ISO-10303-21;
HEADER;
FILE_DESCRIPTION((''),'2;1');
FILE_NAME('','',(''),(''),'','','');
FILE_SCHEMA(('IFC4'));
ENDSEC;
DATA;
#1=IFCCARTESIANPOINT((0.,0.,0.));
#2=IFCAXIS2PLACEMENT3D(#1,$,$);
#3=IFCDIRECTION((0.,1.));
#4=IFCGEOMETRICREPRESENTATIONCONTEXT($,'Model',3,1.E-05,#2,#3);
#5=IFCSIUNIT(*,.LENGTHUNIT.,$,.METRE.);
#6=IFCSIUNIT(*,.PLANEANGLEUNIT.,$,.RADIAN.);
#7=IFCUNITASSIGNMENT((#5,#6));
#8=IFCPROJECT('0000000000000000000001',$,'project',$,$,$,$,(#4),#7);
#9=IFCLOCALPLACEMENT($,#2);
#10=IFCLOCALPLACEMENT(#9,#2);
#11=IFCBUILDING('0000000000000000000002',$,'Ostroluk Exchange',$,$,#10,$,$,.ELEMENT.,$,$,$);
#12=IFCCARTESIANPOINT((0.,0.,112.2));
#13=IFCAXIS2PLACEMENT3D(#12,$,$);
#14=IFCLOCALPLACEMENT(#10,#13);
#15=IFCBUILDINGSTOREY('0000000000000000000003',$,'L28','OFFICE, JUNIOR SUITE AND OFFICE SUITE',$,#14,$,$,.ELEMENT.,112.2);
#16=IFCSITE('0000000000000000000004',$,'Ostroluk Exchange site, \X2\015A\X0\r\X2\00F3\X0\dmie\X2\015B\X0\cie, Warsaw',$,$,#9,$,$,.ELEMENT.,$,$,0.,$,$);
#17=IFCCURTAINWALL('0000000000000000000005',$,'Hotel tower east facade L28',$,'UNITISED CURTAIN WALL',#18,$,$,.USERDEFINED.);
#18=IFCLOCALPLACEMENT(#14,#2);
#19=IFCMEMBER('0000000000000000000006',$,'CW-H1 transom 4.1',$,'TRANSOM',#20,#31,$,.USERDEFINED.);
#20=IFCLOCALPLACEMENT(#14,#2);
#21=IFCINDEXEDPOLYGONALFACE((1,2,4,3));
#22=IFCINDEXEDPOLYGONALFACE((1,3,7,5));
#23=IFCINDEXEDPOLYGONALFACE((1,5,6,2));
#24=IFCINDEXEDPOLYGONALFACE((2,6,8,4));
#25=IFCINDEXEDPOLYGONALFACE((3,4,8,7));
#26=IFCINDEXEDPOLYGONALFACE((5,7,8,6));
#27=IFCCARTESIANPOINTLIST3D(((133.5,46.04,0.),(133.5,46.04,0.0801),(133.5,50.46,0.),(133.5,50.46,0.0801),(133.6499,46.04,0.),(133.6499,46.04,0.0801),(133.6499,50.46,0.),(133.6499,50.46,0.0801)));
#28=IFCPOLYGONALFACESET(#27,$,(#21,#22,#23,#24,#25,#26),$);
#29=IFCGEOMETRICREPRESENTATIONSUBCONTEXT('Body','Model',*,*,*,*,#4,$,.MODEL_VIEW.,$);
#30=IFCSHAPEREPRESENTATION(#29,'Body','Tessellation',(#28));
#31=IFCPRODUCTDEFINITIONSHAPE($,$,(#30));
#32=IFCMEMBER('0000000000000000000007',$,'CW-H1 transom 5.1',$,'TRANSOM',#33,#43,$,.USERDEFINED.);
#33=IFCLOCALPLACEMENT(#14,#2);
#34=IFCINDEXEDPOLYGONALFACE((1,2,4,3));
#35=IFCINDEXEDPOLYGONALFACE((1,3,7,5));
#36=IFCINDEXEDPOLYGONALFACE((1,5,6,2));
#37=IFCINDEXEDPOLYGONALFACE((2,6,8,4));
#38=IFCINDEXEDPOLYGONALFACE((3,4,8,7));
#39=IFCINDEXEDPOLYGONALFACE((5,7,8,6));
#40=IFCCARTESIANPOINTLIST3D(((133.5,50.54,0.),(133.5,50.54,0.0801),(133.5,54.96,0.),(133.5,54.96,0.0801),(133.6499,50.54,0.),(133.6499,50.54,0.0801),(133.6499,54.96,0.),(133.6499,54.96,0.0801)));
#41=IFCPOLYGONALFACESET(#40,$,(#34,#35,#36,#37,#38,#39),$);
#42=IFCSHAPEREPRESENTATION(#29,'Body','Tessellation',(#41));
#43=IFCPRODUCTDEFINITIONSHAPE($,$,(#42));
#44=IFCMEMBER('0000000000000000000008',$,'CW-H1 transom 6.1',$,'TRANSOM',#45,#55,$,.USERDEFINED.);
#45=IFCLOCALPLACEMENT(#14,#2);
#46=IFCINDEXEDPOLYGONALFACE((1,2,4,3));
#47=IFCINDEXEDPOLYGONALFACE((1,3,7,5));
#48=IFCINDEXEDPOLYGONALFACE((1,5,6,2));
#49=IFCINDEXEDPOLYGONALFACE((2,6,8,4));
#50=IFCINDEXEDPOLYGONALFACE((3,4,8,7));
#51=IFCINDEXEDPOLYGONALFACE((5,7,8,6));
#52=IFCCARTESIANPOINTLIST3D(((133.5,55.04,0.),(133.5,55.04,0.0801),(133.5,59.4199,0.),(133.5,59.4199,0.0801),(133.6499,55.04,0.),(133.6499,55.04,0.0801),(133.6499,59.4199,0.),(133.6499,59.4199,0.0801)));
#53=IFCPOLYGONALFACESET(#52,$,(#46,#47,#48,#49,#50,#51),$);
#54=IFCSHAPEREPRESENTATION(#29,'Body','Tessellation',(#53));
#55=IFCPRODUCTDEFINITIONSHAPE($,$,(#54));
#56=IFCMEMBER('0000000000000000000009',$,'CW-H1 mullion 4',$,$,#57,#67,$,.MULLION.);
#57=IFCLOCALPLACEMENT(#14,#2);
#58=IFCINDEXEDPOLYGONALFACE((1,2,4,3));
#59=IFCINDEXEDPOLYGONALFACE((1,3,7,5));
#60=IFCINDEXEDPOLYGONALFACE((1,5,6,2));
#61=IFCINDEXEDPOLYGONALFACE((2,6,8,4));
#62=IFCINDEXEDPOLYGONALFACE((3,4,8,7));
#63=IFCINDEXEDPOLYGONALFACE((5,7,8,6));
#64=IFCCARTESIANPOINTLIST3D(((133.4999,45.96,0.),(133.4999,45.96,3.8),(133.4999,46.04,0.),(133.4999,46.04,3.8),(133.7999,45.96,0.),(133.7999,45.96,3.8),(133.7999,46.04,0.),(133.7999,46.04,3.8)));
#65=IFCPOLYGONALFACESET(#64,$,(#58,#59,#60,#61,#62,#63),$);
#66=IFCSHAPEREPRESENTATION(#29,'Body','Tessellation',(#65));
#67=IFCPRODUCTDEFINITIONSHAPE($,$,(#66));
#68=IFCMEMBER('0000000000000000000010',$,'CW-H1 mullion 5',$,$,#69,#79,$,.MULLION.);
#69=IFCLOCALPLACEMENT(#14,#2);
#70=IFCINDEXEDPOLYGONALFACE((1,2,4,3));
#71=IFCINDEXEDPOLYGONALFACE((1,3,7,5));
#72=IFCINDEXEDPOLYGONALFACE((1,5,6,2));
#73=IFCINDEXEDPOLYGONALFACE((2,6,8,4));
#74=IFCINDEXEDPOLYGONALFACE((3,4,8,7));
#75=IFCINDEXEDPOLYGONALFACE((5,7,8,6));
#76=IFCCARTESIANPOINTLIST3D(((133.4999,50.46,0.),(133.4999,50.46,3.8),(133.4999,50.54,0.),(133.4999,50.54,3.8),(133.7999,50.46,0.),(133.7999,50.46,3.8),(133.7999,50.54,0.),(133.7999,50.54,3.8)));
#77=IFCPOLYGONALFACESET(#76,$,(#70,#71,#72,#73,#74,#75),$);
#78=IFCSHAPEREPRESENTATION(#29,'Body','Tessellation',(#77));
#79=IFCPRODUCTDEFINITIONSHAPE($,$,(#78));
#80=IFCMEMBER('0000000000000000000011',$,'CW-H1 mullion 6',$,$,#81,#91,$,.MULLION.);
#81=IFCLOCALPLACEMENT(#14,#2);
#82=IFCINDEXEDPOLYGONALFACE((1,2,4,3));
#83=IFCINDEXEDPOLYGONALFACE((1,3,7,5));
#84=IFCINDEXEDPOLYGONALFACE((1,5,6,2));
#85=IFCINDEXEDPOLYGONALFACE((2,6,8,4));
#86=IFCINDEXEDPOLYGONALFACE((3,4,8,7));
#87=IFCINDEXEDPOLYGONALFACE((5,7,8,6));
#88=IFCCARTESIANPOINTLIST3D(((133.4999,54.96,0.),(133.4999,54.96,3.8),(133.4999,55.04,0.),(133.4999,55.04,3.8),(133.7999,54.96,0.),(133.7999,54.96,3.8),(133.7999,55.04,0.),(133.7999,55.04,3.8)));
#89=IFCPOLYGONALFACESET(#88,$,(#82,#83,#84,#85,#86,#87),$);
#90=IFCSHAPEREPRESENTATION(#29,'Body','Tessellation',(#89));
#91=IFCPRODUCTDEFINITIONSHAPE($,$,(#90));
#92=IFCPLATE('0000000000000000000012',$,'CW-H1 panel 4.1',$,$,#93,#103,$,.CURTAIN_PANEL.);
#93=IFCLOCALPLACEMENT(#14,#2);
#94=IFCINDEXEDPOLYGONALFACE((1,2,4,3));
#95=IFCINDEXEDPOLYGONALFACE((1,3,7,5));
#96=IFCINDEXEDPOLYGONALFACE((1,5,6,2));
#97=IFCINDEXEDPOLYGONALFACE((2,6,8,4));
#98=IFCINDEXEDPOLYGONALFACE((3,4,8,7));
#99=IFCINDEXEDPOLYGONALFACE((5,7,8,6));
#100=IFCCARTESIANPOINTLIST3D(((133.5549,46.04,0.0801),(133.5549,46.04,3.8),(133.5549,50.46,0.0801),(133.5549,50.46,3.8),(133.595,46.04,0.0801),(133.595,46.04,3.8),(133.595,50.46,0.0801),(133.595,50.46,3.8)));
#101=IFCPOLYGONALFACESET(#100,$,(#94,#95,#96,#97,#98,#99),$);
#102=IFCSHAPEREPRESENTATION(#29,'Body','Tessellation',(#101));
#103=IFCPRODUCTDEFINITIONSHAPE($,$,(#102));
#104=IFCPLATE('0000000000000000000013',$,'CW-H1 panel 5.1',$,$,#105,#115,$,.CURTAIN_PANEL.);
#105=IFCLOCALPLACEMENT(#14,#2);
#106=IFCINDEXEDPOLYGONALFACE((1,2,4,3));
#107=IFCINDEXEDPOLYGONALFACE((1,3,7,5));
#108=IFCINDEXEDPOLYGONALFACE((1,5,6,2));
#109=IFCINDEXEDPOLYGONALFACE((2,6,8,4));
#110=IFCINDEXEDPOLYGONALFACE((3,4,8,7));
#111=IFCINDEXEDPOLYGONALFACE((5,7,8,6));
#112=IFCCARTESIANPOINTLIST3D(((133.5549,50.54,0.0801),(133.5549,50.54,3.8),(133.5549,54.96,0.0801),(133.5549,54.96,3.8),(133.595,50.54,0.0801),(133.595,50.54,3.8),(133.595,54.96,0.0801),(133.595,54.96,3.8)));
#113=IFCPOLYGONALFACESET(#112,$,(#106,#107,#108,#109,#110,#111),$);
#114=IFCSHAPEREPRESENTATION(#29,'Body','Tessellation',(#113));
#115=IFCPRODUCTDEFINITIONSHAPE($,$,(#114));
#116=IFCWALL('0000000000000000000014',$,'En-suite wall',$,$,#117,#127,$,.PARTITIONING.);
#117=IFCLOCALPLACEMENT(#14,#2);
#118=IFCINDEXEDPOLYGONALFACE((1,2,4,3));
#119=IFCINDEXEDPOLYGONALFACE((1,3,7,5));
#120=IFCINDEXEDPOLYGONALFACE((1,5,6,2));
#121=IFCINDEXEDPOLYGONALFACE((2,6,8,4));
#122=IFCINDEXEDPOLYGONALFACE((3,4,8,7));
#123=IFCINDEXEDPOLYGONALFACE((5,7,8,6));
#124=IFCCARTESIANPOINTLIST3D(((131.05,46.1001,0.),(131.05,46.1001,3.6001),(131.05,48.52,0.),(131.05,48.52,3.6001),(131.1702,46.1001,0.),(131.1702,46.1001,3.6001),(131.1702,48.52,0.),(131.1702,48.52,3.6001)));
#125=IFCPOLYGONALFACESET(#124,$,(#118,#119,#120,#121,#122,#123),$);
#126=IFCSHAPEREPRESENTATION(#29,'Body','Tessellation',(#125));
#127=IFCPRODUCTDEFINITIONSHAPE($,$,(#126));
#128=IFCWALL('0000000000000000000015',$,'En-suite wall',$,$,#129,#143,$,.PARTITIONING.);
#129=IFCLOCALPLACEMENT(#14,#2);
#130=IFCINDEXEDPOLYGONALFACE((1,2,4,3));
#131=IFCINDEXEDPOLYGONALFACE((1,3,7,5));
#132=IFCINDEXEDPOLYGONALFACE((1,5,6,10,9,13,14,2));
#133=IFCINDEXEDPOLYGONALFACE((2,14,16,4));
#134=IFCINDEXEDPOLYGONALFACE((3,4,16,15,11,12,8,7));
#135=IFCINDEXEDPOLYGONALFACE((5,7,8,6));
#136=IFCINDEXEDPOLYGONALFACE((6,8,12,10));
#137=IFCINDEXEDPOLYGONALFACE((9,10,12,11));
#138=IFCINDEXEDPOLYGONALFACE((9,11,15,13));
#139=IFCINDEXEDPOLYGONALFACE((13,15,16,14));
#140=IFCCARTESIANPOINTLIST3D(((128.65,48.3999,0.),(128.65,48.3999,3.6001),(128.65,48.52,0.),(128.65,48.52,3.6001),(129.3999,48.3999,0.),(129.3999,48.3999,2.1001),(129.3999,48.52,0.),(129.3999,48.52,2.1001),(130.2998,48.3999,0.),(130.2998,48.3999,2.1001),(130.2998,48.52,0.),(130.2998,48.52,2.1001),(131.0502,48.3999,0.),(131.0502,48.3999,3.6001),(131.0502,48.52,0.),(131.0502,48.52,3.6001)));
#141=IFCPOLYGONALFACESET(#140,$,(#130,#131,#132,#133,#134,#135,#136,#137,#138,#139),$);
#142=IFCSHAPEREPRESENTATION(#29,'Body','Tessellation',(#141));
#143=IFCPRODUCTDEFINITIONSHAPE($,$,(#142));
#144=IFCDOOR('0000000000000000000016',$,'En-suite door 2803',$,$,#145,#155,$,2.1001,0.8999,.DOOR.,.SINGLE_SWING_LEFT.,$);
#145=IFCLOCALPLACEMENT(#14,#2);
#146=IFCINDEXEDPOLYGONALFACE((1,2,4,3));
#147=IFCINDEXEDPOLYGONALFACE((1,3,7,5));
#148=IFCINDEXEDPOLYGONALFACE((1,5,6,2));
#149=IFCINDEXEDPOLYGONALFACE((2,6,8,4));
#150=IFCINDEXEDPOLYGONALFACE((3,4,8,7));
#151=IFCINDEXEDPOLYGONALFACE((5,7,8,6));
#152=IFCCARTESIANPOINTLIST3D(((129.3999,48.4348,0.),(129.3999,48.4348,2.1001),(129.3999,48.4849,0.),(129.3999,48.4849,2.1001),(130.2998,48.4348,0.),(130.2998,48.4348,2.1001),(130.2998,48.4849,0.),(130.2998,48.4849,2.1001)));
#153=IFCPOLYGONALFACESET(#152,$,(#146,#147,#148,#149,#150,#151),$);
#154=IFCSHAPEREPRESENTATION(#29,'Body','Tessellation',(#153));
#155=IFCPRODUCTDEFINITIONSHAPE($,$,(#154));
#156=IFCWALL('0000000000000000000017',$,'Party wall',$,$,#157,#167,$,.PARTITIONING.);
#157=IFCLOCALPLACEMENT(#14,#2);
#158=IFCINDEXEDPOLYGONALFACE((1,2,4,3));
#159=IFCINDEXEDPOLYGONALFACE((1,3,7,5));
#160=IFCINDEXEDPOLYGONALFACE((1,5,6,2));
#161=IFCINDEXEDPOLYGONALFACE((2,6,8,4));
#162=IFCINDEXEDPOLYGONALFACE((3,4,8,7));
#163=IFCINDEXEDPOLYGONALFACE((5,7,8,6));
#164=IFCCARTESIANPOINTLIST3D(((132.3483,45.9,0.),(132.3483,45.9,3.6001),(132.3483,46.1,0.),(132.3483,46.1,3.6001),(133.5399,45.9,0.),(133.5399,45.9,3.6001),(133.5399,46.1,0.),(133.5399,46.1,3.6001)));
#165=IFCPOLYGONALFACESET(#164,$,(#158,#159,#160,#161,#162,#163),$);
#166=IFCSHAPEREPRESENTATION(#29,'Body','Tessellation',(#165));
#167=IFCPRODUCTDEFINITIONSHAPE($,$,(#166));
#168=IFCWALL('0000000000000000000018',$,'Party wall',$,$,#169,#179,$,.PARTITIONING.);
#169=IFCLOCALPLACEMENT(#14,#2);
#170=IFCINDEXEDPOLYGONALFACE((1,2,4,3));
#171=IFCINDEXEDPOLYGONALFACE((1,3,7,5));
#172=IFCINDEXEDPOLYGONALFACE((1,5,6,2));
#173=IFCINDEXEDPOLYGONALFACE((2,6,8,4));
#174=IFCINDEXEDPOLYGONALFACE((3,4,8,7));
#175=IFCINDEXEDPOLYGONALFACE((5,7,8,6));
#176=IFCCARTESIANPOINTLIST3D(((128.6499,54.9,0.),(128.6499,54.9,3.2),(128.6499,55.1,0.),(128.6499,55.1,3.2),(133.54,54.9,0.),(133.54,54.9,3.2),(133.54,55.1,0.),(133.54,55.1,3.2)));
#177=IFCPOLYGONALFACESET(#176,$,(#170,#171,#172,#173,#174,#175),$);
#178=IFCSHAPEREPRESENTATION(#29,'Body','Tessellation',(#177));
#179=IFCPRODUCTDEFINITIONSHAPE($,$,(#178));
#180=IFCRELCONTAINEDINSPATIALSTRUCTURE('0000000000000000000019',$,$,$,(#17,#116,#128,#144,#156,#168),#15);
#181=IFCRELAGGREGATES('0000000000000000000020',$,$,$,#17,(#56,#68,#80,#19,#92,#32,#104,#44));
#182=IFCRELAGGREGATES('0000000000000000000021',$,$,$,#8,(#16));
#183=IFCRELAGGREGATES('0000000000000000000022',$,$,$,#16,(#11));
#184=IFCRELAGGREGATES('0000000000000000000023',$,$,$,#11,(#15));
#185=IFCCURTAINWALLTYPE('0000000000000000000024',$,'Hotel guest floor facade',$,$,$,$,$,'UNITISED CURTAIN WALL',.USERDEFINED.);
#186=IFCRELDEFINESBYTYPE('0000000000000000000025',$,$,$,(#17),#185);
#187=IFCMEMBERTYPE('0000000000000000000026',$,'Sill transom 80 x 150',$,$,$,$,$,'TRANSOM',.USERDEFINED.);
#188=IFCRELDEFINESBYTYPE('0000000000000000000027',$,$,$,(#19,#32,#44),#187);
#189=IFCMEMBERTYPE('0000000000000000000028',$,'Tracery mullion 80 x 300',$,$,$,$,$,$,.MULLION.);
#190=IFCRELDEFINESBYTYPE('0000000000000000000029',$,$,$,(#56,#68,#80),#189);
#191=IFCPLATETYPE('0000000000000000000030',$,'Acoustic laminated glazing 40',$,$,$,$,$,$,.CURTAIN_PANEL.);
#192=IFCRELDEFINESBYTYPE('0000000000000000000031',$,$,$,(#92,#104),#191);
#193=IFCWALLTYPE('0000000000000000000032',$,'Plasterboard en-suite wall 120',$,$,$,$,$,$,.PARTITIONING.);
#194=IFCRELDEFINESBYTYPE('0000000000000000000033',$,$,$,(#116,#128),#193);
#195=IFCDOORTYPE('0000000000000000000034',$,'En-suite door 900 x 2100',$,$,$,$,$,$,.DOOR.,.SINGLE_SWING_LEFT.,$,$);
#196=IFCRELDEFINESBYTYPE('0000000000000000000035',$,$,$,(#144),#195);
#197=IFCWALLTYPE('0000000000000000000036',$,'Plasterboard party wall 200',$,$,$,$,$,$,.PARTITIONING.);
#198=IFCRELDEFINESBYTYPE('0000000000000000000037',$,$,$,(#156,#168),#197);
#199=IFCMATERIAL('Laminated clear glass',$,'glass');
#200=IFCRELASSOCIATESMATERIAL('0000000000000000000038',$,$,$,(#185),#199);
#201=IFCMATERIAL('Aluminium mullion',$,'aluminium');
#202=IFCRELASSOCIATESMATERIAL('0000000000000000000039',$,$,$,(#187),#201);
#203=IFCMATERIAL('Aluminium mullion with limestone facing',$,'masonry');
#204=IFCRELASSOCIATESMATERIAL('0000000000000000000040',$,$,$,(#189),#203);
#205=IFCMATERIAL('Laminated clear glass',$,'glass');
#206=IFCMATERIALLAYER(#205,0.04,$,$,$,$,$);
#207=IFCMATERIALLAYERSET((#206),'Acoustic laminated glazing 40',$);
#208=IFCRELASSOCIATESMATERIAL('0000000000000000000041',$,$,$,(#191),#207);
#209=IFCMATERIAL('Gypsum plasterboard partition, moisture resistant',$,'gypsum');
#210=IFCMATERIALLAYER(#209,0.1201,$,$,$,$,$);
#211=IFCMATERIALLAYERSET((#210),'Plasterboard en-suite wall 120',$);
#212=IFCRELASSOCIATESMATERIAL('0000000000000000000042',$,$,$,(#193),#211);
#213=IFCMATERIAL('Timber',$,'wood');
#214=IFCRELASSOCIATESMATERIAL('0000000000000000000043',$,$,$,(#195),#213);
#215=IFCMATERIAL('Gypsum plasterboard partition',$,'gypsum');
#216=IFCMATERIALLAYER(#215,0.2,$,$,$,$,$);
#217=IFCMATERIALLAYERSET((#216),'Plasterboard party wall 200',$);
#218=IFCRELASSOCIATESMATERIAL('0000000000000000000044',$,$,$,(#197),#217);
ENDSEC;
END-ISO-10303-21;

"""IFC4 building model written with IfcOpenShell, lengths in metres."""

from ifc_helpers import new_model, si_unit, direction, frame, frame_2d, origin, origin_2d, place, context, subcontext, project, spatial, rectangle, extrude, material, layer, layer_set, material_profile, profile_set, type_object, element, fill, aggregate, save


model = new_model("IFC4")

# Units and contexts
model_context = context("Model", 3, precision=1e-05, world=origin(), true_north=direction((0.0, 1.0)))
body_context = subcontext(model_context, "Body", "Model", "MODEL_VIEW")
ifc_project = project(units=[si_unit("LENGTHUNIT", "METRE"), si_unit("PLANEANGLEUNIT", "RADIAN")], contexts=[model_context])

# Site, building, storey
site_placement = place(None, origin())
site = spatial("IfcSite", under=ifc_project, at=site_placement, Name="Ostroluk Exchange site, Śródmieście, Warsaw", CompositionType="ELEMENT", RefElevation=0.0)
building_placement = place(site_placement, origin())
building = spatial("IfcBuilding", under=site, at=building_placement, Name="Ostroluk Exchange", CompositionType="ELEMENT")
storey_placement = place(building_placement, frame((0.0, 0.0, 112.2)))
storey = spatial("IfcBuildingStorey", under=building, at=storey_placement, Name="L28", Description="OFFICE, JUNIOR SUITE AND OFFICE SUITE", CompositionType="ELEMENT", Elevation=112.2)

# Curtain wall, members, plates
ifc_material_1 = material(Name="Laminated clear glass", Category="glass")
curtain_wall_type = type_object("IfcCurtainWallType", Name="Hotel guest floor facade", ElementType="UNITISED CURTAIN WALL", PredefinedType="USERDEFINED", material=ifc_material_1)
curtain_wall_placement = place(storey_placement, origin())
curtain_wall = element("IfcCurtainWall", 1, at=curtain_wall_placement, inside=storey, type_object=curtain_wall_type, Name="Hotel tower east facade L28", ObjectType="UNITISED CURTAIN WALL", PredefinedType="USERDEFINED")
ifc_material_2 = material(Name="Aluminium mullion", Category="aluminium")
ifc_material_profile_1 = material_profile(ifc_material_2, rectangle(XDim=0.1499, YDim=0.0801, at=origin_2d()), Name="Sill transom 80 x 150")
ifc_profile_set_1 = profile_set([ifc_material_profile_1], Name="Aluminium mullion")
member_type_1 = type_object("IfcMemberType", Name="Sill transom 80 x 150", ElementType="TRANSOM", PredefinedType="USERDEFINED", material=ifc_profile_set_1)
member_1_placement = place(storey_placement, frame((133.575, 46.04, 0.04), z_axis=(0.0, 1.0, 0.0), x_axis=(-1.0, 0.0, 0.0)))
member_1 = element("IfcMember", 2, at=member_1_placement, type_object=member_type_1, Name="CW-H1 transom 4.1", ObjectType="TRANSOM", PredefinedType="USERDEFINED", context=body_context, shape_type="SweptSolid", body=[
    extrude(rectangle(XDim=0.1499, YDim=0.0801, at=origin_2d()), origin(), (0.0, 0.0, 1.0), 4.4199),
])
member_2_placement = place(storey_placement, frame((133.575, 50.54, 0.04), z_axis=(0.0, 1.0, 0.0), x_axis=(-1.0, 0.0, 0.0)))
member_2 = element("IfcMember", 3, at=member_2_placement, type_object=member_type_1, Name="CW-H1 transom 5.1", ObjectType="TRANSOM", PredefinedType="USERDEFINED", context=body_context, shape_type="SweptSolid", body=[
    extrude(rectangle(XDim=0.1499, YDim=0.0801, at=origin_2d()), origin(), (0.0, 0.0, 1.0), 4.4199),
])
member_3_placement = place(storey_placement, frame((133.575, 55.04, 0.04), z_axis=(0.0, 1.0, 0.0), x_axis=(-1.0, 0.0, 0.0)))
member_3 = element("IfcMember", 4, at=member_3_placement, type_object=member_type_1, Name="CW-H1 transom 6.1", ObjectType="TRANSOM", PredefinedType="USERDEFINED", context=body_context, shape_type="SweptSolid", body=[
    extrude(rectangle(XDim=0.1499, YDim=0.0801, at=origin_2d()), origin(), (0.0, 0.0, 1.0), 4.3799),
])
ifc_material_3 = material(Name="Aluminium mullion with limestone facing", Category="masonry")
ifc_material_profile_2 = material_profile(ifc_material_3, rectangle(XDim=0.3, YDim=0.0801, at=origin_2d()), Name="Tracery mullion 80 x 300")
ifc_profile_set_2 = profile_set([ifc_material_profile_2], Name="Aluminium mullion with limestone facing")
member_type_2 = type_object("IfcMemberType", Name="Tracery mullion 80 x 300", PredefinedType="MULLION", material=ifc_profile_set_2)
member_4_placement = place(storey_placement, frame((133.6499, 46.0, 0.0), z_axis=(0.0, 0.0, 1.0), x_axis=(-1.0, 0.0, 0.0)))
member_4 = element("IfcMember", 5, at=member_4_placement, type_object=member_type_2, Name="CW-H1 mullion 4", PredefinedType="MULLION", context=body_context, shape_type="SweptSolid", body=[
    extrude(rectangle(XDim=0.3, YDim=0.0801, at=origin_2d()), origin(), (0.0, 0.0, 1.0), 3.8),
])
member_5_placement = place(storey_placement, frame((133.6499, 50.5, 0.0), z_axis=(0.0, 0.0, 1.0), x_axis=(-1.0, 0.0, 0.0)))
member_5 = element("IfcMember", 6, at=member_5_placement, type_object=member_type_2, Name="CW-H1 mullion 5", PredefinedType="MULLION", context=body_context, shape_type="SweptSolid", body=[
    extrude(rectangle(XDim=0.3, YDim=0.0801, at=origin_2d()), origin(), (0.0, 0.0, 1.0), 3.8),
])
member_6_placement = place(storey_placement, frame((133.6499, 55.0, 0.0), z_axis=(0.0, 0.0, 1.0), x_axis=(-1.0, 0.0, 0.0)))
member_6 = element("IfcMember", 7, at=member_6_placement, type_object=member_type_2, Name="CW-H1 mullion 6", PredefinedType="MULLION", context=body_context, shape_type="SweptSolid", body=[
    extrude(rectangle(XDim=0.3, YDim=0.0801, at=origin_2d()), origin(), (0.0, 0.0, 1.0), 3.8),
])
ifc_material_4 = material(Name="Laminated clear glass", Category="glass")
ifc_layer_1 = layer(ifc_material_4, 0.04)
ifc_layer_set_1 = layer_set([ifc_layer_1], Name="Acoustic laminated glazing 40")
plate_type = type_object("IfcPlateType", Name="Acoustic laminated glazing 40", PredefinedType="CURTAIN_PANEL", material=ifc_layer_set_1)
plate_1_placement = place(storey_placement, frame((133.575, 48.25, 0.0801), z_axis=(0.0, 0.0, 1.0), x_axis=(0.0, 1.0, 0.0)))
plate_1 = element("IfcPlate", 8, at=plate_1_placement, type_object=plate_type, Name="CW-H1 panel 4.1", PredefinedType="CURTAIN_PANEL", context=body_context, shape_type="SweptSolid", body=[
    extrude(rectangle(XDim=4.4199, YDim=0.04, at=origin_2d()), origin(), (0.0, 0.0, 1.0), 3.72),
])
plate_2_placement = place(storey_placement, frame((133.575, 52.75, 0.0801), z_axis=(0.0, 0.0, 1.0), x_axis=(0.0, 1.0, 0.0)))
plate_2 = element("IfcPlate", 9, at=plate_2_placement, type_object=plate_type, Name="CW-H1 panel 5.1", PredefinedType="CURTAIN_PANEL", context=body_context, shape_type="SweptSolid", body=[
    extrude(rectangle(XDim=4.4199, YDim=0.04, at=origin_2d()), origin(), (0.0, 0.0, 1.0), 3.72),
])
aggregate(curtain_wall, [member_4, member_5, member_6, member_1, plate_1, member_2, plate_2, member_3])

# Wall
ifc_material_5 = material(Name="Gypsum plasterboard partition, moisture resistant", Category="gypsum")
ifc_layer_2 = layer(ifc_material_5, 0.1201)
ifc_layer_set_2 = layer_set([ifc_layer_2], Name="Plasterboard en-suite wall 120")
wall_type_1 = type_object("IfcWallType", Name="Plasterboard en-suite wall 120", PredefinedType="PARTITIONING", material=ifc_layer_set_2)
wall_1_placement = place(storey_placement, frame((131.1101, 46.1001, 0.0), z_axis=(0.0, 0.0, 1.0), x_axis=(0.0, 1.0, 0.0)))
element("IfcWall", 10, at=wall_1_placement, inside=storey, type_object=wall_type_1, Name="En-suite wall", PredefinedType="PARTITIONING", context=body_context, shape_type="SweptSolid", body=[
    extrude(rectangle(XDim=2.4199, YDim=0.1201, at=frame_2d((1.21, 0.0))), origin(), (0.0, 0.0, 1.0), 3.6001),
])

# Wall, opening, door
wall_2_placement = place(storey_placement, frame((128.6499, 48.46, 0.0), z_axis=(0.0, 0.0, 1.0), x_axis=(1.0, 0.0, 0.0)))
wall_2 = element("IfcWall", 11, at=wall_2_placement, inside=storey, type_object=wall_type_1, Name="En-suite wall", PredefinedType="PARTITIONING", context=body_context, shape_type="SweptSolid", body=[
    extrude(rectangle(XDim=2.4001, YDim=0.1201, at=frame_2d((1.2002, 0.0))), origin(), (0.0, 0.0, 1.0), 3.6001),
])
opening_placement = place(wall_2_placement, frame((0.75, 0.0, 0.0)))
opening = element("IfcOpeningElement", 12, at=opening_placement, cuts=wall_2, PredefinedType="OPENING", context=body_context, shape_type="SweptSolid", body=[
    extrude(rectangle(XDim=0.8999, YDim=2.1001, at=frame_2d((0.45, 1.05))), frame((0.0, 0.0701, 0.0), z_axis=(0.0, -1.0, 0.0), x_axis=(1.0, 0.0, 0.0)), (0.0, 0.0, 1.0), 0.1401),
])
ifc_material_6 = material(Name="Timber", Category="wood")
door_type = type_object("IfcDoorType", Name="En-suite door 900 x 2100", OperationType="SINGLE_SWING_LEFT", PredefinedType="DOOR", material=ifc_material_6)
door_placement = place(opening_placement, origin())
door = element("IfcDoor", 13, at=door_placement, inside=storey, type_object=door_type, Name="En-suite door 2803", OperationType="SINGLE_SWING_LEFT", OverallHeight=2.1001, OverallWidth=0.8999, PredefinedType="DOOR", context=body_context, shape_type="SweptSolid", body=[
    extrude(rectangle(XDim=0.8999, YDim=2.1001, at=frame_2d((0.45, 1.05))), frame((0.0, 0.0249, 0.0), z_axis=(0.0, -1.0, 0.0), x_axis=(1.0, 0.0, 0.0)), (0.0, 0.0, 1.0), 0.05),
])
fill(opening, door)

# Walls
ifc_material_7 = material(Name="Gypsum plasterboard partition", Category="gypsum")
ifc_layer_3 = layer(ifc_material_7, 0.2)
ifc_layer_set_3 = layer_set([ifc_layer_3], Name="Plasterboard party wall 200")
wall_type_2 = type_object("IfcWallType", Name="Plasterboard party wall 200", PredefinedType="PARTITIONING", material=ifc_layer_set_3)
wall_3_placement = place(storey_placement, frame((132.3484, 46.0, 0.0), z_axis=(0.0, 0.0, 1.0), x_axis=(1.0, 0.0, 0.0)))
element("IfcWall", 14, at=wall_3_placement, inside=storey, type_object=wall_type_2, Name="Party wall", PredefinedType="PARTITIONING", context=body_context, shape_type="SweptSolid", body=[
    extrude(rectangle(XDim=1.1917, YDim=0.2, at=frame_2d((0.5957, 0.0))), origin(), (0.0, 0.0, 1.0), 3.6001),
])
wall_4_placement = place(storey_placement, frame((128.6499, 55.0, 0.0), z_axis=(0.0, 0.0, 1.0), x_axis=(1.0, 0.0, 0.0)))
element("IfcWall", 15, at=wall_4_placement, inside=storey, type_object=wall_type_2, Name="Party wall", PredefinedType="PARTITIONING", context=body_context, shape_type="SweptSolid", body=[
    extrude(rectangle(XDim=4.8901, YDim=0.2, at=frame_2d((2.4451, 0.0))), origin(), (0.0, 0.0, 1.0), 3.2),
])

save(model, "model.ifc")
